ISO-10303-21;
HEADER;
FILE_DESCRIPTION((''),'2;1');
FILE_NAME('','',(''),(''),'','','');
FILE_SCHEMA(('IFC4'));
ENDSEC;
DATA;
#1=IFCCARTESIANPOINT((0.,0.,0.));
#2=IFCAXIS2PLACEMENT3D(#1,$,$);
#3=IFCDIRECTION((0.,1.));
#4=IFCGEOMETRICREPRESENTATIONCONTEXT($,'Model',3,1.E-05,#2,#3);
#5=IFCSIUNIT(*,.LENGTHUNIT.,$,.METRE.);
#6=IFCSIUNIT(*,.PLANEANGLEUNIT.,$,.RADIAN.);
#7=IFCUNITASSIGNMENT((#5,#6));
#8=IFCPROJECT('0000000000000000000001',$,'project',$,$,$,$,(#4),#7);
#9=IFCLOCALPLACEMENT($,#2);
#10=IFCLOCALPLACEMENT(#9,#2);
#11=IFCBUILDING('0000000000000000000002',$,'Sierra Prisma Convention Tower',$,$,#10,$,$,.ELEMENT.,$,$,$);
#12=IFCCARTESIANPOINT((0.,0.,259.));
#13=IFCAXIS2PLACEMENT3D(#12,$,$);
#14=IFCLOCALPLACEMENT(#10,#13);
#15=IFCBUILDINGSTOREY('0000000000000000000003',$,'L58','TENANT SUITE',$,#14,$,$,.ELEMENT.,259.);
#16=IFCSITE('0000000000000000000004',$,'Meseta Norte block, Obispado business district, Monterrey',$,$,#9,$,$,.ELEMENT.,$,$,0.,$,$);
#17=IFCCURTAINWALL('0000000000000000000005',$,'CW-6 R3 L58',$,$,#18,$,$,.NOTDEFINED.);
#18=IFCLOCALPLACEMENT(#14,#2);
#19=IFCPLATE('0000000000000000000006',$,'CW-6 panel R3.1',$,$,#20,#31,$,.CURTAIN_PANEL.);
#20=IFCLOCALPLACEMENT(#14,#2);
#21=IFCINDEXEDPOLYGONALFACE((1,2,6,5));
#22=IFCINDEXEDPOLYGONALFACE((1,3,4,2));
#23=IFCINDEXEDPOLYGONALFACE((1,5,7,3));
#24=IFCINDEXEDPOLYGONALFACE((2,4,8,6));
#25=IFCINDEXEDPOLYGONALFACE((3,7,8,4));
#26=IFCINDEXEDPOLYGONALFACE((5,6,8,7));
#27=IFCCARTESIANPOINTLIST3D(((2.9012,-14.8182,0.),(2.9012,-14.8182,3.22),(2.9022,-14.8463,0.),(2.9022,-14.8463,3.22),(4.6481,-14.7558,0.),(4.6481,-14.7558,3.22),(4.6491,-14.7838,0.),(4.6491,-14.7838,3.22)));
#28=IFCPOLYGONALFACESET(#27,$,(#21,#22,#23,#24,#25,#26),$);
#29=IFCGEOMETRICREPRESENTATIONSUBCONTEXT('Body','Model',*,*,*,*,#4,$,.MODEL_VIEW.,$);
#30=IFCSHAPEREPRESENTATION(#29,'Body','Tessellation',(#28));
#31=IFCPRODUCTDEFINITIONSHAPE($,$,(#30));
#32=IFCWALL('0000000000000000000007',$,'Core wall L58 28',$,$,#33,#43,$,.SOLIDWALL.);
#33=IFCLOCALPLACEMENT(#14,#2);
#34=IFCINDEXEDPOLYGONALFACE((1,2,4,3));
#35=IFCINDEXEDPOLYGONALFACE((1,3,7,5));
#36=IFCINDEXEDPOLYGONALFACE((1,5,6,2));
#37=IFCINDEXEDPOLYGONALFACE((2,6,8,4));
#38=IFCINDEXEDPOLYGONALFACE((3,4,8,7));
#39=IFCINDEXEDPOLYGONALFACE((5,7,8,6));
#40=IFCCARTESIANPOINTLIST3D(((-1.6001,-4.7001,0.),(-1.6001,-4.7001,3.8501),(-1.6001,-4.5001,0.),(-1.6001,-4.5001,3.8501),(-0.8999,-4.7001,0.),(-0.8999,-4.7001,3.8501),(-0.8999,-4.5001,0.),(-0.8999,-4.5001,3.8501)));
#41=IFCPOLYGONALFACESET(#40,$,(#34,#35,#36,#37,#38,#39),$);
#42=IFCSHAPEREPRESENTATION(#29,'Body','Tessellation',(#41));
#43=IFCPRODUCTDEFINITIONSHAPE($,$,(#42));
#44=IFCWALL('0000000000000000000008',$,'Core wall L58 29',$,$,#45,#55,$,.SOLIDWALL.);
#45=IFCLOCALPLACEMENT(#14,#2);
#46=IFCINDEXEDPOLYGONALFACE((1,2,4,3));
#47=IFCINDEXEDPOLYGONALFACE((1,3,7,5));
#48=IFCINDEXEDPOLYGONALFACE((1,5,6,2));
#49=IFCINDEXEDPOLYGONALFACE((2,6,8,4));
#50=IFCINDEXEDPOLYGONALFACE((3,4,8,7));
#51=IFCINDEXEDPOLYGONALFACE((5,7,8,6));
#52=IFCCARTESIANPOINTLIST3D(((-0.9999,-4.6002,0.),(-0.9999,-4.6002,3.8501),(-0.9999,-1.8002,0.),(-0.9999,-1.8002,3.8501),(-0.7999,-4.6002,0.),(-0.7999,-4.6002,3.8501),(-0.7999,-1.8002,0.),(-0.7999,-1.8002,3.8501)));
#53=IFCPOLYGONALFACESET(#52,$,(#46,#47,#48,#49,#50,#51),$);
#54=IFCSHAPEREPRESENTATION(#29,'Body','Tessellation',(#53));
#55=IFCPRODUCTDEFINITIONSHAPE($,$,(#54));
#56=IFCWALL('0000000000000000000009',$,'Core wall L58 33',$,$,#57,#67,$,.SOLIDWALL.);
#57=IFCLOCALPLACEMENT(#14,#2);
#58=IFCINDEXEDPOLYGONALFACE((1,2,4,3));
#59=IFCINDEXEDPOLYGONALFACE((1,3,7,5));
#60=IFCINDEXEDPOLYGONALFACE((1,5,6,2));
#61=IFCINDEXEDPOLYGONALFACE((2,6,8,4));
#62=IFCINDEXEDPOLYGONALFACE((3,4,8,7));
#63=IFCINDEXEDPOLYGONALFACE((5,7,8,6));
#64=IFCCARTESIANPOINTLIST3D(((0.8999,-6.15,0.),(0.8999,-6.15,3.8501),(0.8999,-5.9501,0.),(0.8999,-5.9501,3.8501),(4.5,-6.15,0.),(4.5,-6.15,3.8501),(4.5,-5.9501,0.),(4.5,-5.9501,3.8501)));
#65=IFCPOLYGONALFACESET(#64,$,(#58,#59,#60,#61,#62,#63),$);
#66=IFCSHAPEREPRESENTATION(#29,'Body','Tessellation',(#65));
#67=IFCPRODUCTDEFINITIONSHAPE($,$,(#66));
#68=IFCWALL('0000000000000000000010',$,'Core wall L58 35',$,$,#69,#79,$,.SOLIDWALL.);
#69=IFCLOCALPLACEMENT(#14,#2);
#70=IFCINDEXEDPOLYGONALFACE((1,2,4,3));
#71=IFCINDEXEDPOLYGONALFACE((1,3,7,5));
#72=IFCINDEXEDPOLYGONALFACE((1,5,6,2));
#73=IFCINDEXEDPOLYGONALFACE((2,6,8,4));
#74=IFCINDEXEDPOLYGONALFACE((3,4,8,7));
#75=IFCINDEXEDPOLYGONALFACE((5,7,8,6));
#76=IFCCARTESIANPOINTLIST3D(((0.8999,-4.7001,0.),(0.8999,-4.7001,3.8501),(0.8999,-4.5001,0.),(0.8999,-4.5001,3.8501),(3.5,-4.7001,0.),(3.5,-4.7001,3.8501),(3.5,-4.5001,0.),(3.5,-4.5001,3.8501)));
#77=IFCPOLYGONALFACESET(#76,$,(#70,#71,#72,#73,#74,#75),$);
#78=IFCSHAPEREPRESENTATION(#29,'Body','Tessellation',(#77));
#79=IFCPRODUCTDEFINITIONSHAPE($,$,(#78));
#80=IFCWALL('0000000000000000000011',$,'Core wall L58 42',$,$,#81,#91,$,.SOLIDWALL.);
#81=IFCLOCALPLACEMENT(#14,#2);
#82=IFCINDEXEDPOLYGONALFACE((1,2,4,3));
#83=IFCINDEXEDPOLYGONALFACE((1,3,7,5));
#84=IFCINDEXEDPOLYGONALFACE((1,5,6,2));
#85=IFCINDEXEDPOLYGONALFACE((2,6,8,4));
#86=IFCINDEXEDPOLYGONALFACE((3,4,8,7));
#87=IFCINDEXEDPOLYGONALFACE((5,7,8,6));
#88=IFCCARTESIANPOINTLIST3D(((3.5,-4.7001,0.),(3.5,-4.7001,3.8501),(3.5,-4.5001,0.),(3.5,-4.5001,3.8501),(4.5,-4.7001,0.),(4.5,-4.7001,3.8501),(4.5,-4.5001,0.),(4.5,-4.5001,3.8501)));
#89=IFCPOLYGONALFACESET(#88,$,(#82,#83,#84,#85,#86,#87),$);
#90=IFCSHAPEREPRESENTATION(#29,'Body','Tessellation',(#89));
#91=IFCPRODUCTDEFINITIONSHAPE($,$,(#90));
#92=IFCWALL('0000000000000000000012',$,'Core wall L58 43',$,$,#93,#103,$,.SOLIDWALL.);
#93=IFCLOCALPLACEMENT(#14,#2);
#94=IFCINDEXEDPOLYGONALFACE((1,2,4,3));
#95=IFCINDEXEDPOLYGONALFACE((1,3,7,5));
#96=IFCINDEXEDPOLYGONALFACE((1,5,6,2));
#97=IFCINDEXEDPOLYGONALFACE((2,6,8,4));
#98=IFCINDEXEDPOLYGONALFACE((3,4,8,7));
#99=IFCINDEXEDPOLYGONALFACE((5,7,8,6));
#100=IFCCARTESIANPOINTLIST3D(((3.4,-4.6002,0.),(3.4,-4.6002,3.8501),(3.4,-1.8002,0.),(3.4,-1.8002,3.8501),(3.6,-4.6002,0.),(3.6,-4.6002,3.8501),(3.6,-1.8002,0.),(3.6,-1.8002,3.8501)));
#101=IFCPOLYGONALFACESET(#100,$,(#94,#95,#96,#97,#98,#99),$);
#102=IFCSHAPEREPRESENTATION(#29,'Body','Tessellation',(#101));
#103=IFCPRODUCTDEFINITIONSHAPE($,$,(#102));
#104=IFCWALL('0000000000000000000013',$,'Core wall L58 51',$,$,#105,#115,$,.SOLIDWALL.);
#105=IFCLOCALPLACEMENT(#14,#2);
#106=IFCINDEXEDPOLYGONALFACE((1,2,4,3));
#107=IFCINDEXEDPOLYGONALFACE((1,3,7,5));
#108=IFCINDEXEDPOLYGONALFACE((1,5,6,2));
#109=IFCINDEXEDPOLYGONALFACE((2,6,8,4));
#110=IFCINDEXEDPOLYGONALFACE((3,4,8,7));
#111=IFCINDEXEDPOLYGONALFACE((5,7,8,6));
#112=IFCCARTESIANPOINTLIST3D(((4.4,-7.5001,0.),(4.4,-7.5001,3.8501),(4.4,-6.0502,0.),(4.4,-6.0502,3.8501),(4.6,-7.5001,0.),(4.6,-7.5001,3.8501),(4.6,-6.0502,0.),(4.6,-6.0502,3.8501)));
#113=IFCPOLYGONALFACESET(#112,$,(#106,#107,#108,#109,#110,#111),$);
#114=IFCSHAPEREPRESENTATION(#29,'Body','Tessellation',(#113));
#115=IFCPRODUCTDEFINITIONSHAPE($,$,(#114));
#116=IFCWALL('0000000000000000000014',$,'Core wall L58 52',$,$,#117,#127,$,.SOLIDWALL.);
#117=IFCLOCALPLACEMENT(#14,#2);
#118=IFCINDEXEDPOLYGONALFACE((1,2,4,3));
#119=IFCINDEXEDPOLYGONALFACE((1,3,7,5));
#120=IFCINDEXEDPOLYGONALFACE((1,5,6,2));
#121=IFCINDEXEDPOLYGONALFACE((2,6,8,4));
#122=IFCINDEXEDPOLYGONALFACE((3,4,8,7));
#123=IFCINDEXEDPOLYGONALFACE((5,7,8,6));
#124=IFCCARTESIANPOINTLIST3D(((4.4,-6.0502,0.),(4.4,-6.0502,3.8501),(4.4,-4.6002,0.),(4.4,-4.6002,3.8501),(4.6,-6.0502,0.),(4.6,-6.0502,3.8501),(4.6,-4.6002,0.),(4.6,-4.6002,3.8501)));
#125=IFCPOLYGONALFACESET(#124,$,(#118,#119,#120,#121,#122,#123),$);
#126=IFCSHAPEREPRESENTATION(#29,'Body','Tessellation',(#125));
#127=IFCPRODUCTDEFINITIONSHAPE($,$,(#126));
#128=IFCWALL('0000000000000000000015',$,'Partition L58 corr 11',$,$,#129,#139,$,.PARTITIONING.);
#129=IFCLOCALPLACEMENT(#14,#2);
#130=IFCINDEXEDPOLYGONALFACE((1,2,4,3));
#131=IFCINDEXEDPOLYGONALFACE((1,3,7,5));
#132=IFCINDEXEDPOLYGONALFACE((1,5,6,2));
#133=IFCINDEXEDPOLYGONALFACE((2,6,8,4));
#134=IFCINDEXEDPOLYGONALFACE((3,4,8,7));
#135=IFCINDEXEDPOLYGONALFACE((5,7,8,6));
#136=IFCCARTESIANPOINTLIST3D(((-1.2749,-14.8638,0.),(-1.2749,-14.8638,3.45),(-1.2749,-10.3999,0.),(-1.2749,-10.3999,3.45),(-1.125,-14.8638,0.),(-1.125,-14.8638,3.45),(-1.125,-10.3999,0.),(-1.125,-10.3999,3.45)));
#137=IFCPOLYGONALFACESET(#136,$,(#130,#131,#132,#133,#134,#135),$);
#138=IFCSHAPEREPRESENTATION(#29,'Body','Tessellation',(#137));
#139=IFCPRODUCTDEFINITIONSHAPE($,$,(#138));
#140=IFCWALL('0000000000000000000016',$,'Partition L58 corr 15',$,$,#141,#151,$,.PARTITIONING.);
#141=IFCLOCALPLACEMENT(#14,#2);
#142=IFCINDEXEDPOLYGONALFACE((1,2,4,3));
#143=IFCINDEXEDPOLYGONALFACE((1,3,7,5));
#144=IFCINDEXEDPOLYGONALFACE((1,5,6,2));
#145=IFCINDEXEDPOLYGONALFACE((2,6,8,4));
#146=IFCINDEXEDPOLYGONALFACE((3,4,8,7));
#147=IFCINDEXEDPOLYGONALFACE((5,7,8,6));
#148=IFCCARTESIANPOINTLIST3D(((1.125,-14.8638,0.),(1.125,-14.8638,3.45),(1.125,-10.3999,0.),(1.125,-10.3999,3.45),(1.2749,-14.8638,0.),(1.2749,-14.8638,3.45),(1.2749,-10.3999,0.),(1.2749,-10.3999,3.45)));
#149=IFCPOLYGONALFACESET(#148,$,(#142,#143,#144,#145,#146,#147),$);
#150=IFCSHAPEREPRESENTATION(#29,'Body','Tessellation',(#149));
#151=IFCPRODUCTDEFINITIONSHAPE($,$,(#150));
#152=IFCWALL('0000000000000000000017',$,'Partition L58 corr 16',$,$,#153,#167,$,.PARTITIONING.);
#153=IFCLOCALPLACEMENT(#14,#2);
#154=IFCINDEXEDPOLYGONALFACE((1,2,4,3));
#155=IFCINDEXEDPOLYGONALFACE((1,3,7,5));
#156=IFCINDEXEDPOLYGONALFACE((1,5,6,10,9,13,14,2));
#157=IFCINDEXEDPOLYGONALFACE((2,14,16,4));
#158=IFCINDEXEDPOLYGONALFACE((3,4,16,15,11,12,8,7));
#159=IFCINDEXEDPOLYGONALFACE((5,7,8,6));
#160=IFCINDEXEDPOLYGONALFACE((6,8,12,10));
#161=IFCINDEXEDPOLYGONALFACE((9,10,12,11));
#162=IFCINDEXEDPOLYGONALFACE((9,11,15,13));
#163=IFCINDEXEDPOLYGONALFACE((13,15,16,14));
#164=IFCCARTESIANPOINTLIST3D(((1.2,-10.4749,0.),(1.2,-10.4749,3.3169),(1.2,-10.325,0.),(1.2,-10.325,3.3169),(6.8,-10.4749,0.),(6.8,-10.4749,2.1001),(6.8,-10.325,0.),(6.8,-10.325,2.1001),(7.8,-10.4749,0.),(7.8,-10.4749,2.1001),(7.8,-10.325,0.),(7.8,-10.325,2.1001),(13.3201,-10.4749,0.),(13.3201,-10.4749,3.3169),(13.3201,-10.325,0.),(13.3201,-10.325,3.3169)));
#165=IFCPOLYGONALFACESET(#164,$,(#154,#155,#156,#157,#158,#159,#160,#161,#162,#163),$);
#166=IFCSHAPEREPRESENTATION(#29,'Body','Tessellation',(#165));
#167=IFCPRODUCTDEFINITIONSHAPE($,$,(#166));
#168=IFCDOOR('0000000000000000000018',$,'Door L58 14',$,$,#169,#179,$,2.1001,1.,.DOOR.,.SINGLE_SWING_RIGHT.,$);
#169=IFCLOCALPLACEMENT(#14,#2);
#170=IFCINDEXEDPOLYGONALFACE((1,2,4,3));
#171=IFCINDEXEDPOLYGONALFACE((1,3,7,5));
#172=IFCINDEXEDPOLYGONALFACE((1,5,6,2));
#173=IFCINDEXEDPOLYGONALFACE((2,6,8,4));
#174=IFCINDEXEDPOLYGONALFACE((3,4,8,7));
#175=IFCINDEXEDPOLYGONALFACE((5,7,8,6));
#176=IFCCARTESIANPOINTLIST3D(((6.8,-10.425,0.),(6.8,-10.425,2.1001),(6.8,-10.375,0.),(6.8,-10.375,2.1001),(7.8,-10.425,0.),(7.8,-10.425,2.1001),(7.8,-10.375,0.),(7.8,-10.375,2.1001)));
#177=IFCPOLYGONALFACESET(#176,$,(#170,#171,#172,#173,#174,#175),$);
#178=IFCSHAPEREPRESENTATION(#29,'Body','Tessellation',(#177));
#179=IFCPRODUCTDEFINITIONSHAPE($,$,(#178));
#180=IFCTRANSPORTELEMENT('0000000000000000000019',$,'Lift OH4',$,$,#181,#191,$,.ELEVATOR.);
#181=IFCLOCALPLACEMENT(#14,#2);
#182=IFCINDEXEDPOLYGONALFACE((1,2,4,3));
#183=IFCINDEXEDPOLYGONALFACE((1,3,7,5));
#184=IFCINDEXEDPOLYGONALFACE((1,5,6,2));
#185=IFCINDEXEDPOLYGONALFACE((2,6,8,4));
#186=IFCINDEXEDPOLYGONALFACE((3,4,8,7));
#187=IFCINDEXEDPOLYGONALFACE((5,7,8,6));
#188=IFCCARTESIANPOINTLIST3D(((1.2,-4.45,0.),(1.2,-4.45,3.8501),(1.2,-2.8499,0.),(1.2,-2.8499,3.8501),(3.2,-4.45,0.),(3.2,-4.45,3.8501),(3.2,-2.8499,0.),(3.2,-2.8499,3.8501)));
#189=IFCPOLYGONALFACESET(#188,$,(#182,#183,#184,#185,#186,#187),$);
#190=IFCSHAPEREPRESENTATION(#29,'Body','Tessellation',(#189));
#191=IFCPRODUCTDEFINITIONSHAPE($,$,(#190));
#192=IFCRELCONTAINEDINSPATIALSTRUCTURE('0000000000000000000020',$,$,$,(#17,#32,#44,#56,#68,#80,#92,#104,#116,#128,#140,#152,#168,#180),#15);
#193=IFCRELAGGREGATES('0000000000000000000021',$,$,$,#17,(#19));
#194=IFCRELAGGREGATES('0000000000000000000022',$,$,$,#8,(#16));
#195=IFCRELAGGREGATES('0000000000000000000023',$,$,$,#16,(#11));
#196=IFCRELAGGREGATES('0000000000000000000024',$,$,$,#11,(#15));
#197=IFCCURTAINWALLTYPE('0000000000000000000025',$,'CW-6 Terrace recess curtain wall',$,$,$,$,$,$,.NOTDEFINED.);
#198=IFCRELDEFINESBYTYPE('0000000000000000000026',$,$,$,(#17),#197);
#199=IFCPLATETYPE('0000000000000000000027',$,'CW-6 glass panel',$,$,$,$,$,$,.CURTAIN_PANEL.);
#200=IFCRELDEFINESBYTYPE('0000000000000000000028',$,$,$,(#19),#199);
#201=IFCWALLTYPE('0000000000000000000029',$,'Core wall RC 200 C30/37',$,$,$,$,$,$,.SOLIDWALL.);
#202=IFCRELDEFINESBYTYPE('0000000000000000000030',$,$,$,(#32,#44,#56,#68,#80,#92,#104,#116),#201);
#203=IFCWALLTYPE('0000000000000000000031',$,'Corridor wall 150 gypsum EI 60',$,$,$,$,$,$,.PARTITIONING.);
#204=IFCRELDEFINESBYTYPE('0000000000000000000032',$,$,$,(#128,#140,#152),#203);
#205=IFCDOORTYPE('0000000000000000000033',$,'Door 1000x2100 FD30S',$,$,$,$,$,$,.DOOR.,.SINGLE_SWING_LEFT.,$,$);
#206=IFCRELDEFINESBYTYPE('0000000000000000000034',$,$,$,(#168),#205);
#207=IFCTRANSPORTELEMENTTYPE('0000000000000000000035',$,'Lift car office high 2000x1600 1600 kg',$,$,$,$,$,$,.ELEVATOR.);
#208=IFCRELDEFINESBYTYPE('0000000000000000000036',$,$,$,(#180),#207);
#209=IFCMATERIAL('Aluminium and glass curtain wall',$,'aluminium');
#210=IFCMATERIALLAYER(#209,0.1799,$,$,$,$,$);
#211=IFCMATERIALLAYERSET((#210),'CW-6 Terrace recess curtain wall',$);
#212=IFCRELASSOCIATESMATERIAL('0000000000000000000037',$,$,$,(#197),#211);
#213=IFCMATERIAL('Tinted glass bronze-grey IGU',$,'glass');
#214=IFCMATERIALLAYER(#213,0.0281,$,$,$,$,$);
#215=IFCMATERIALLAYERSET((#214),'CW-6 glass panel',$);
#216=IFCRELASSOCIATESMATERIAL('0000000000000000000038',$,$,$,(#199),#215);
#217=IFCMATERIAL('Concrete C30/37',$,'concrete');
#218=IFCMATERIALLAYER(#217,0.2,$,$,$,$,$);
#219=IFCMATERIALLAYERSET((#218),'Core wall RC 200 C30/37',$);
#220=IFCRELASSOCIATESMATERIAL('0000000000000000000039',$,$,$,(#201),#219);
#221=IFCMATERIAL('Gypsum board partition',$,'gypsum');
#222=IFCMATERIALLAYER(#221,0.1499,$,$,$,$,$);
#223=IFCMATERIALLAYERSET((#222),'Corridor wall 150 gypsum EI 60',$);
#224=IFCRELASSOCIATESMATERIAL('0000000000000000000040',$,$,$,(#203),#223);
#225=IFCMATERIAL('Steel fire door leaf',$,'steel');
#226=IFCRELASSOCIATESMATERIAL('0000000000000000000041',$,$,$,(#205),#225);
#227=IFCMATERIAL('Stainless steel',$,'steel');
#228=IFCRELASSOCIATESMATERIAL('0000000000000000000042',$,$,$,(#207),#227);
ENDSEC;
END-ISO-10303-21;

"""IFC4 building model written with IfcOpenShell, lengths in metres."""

from ifc_helpers import new_model, si_unit, direction, frame, frame_2d, origin, origin_2d, place, context, subcontext, project, spatial, rectangle, extrude, material, layer, layer_set, type_object, element, fill, aggregate, save


model = new_model("IFC4")

# Units and contexts
model_context = context("Model", 3, precision=1e-05, world=origin(), true_north=direction((0.0, 1.0)))
body_context = subcontext(model_context, "Body", "Model", "MODEL_VIEW")
ifc_project = project(units=[si_unit("LENGTHUNIT", "METRE"), si_unit("PLANEANGLEUNIT", "RADIAN")], contexts=[model_context])

# Site, building, storey
site_placement = place(None, origin())
site = spatial("IfcSite", under=ifc_project, at=site_placement, Name="Meseta Norte block, Obispado business district, Monterrey", CompositionType="ELEMENT", RefElevation=0.0)
building_placement = place(site_placement, origin())
building = spatial("IfcBuilding", under=site, at=building_placement, Name="Sierra Prisma Convention Tower", CompositionType="ELEMENT")
storey_placement = place(building_placement, frame((0.0, 0.0, 259.0)))
storey = spatial("IfcBuildingStorey", under=building, at=storey_placement, Name="L58", Description="TENANT SUITE", CompositionType="ELEMENT", Elevation=259.0)

# Curtain wall
ifc_material_1 = material(Name="Aluminium and glass curtain wall", Category="aluminium")
ifc_layer_1 = layer(ifc_material_1, 0.1799)
ifc_layer_set_1 = layer_set([ifc_layer_1], Name="CW-6 Terrace recess curtain wall")
curtain_wall_type = type_object("IfcCurtainWallType", Name="CW-6 Terrace recess curtain wall", PredefinedType="NOTDEFINED", material=ifc_layer_set_1)
curtain_wall_1_placement = place(storey_placement, origin())
curtain_wall_1 = element("IfcCurtainWall", 1, at=curtain_wall_1_placement, inside=storey, type_object=curtain_wall_type, Name="CW-6 R3 L58", PredefinedType="NOTDEFINED")

# Plate
ifc_material_2 = material(Name="Tinted glass bronze-grey IGU", Category="glass")
ifc_layer_2 = layer(ifc_material_2, 0.0281)
ifc_layer_set_2 = layer_set([ifc_layer_2], Name="CW-6 glass panel")
plate_type = type_object("IfcPlateType", Name="CW-6 glass panel", PredefinedType="CURTAIN_PANEL", material=ifc_layer_set_2)
plate_1_placement = place(storey_placement, frame((3.7751, -14.801, 0.0), z_axis=(0.0, 0.0, 1.0), x_axis=(0.999362, 0.035718, 0.0)))
plate_1 = element("IfcPlate", 2, at=plate_1_placement, type_object=plate_type, Name="CW-6 panel R3.1", PredefinedType="CURTAIN_PANEL", context=body_context, shape_type="SweptSolid", body=[
    extrude(rectangle(XDim=1.748, YDim=0.0281, at=origin_2d()), origin(), (0.0, 0.0, 1.0), 3.22),
])
aggregate(curtain_wall_1, [plate_1])

# Shared definitions
ifc_material_3 = material(Name="Concrete C30/37", Category="concrete")
ifc_layer_3 = layer(ifc_material_3, 0.2)
ifc_layer_set_3 = layer_set([ifc_layer_3], Name="Core wall RC 200 C30/37")
wall_type_1 = type_object("IfcWallType", Name="Core wall RC 200 C30/37", PredefinedType="SOLIDWALL", material=ifc_layer_set_3)

# Walls
wall_1_placement = place(storey_placement, frame((-1.6001, -4.6001, 0.0), z_axis=(0.0, 0.0, 1.0), x_axis=(1.0, 0.0, 0.0)))
element("IfcWall", 3, at=wall_1_placement, inside=storey, type_object=wall_type_1, Name="Core wall L58 28", PredefinedType="SOLIDWALL", context=body_context, shape_type="SweptSolid", body=[
    extrude(rectangle(XDim=0.7002, YDim=0.2, at=frame_2d((0.3501, 0.0))), origin(), (0.0, 0.0, 1.0), 3.8501),
])
wall_2_placement = place(storey_placement, frame((-0.8999, -4.6001, 0.0), z_axis=(0.0, 0.0, 1.0), x_axis=(0.0, 1.0, 0.0)))
element("IfcWall", 4, at=wall_2_placement, inside=storey, type_object=wall_type_1, Name="Core wall L58 29", PredefinedType="SOLIDWALL", context=body_context, shape_type="SweptSolid", body=[
    extrude(rectangle(XDim=2.8, YDim=0.2, at=frame_2d((1.3999, 0.0))), origin(), (0.0, 0.0, 1.0), 3.8501),
])

# Wall
wall_3_placement = place(storey_placement, frame((4.5, -6.05, 0.0), z_axis=(0.0, 0.0, 1.0), x_axis=(-1.0, 0.0, 0.0)))
element("IfcWall", 5, at=wall_3_placement, inside=storey, type_object=wall_type_1, Name="Core wall L58 33", PredefinedType="SOLIDWALL", context=body_context, shape_type="SweptSolid", body=[
    extrude(rectangle(XDim=3.6001, YDim=0.2, at=frame_2d((1.8, 0.0))), origin(), (0.0, 0.0, 1.0), 3.8501),
])

# Walls
wall_4_placement = place(storey_placement, frame((3.5, -4.6001, 0.0), z_axis=(0.0, 0.0, 1.0), x_axis=(-1.0, 0.0, 0.0)))
element("IfcWall", 6, at=wall_4_placement, inside=storey, type_object=wall_type_1, Name="Core wall L58 35", PredefinedType="SOLIDWALL", context=body_context, shape_type="SweptSolid", body=[
    extrude(rectangle(XDim=2.6001, YDim=0.2, at=frame_2d((1.3, 0.0))), origin(), (0.0, 0.0, 1.0), 3.8501),
])
wall_5_placement = place(storey_placement, frame((4.5, -4.6001, 0.0), z_axis=(0.0, 0.0, 1.0), x_axis=(-1.0, 0.0, 0.0)))
element("IfcWall", 7, at=wall_5_placement, inside=storey, type_object=wall_type_1, Name="Core wall L58 42", PredefinedType="SOLIDWALL", context=body_context, shape_type="SweptSolid", body=[
    extrude(rectangle(XDim=1.0, YDim=0.2, at=frame_2d((0.5, 0.0))), origin(), (0.0, 0.0, 1.0), 3.8501),
])
wall_6_placement = place(storey_placement, frame((3.5, -4.6001, 0.0), z_axis=(0.0, 0.0, 1.0), x_axis=(0.0, 1.0, 0.0)))
element("IfcWall", 8, at=wall_6_placement, inside=storey, type_object=wall_type_1, Name="Core wall L58 43", PredefinedType="SOLIDWALL", context=body_context, shape_type="SweptSolid", body=[
    extrude(rectangle(XDim=2.8, YDim=0.2, at=frame_2d((1.3999, 0.0))), origin(), (0.0, 0.0, 1.0), 3.8501),
])
for number, where, z_axis, x_axis, name in (
    (9, (4.5, -6.05, 0.0), (0.0, 0.0, 1.0), (0.0, -1.0, 0.0), "Core wall L58 51"),
    (10, (4.5, -4.6001, 0.0), (0.0, 0.0, 1.0), (0.0, -1.0, 0.0), "Core wall L58 52"),
):
    element("IfcWall", number, at=place(storey_placement, frame(where, z_axis=z_axis, x_axis=x_axis)), inside=storey, type_object=wall_type_1, Name=name, PredefinedType="SOLIDWALL", context=body_context, shape_type="SweptSolid", body=[
        extrude(rectangle(XDim=1.45, YDim=0.2, at=frame_2d((0.7251, 0.0))), origin(), (0.0, 0.0, 1.0), 3.8501),
    ])
ifc_material_4 = material(Name="Gypsum board partition", Category="gypsum")
ifc_layer_4 = layer(ifc_material_4, 0.1499)
ifc_layer_set_4 = layer_set([ifc_layer_4], Name="Corridor wall 150 gypsum EI 60")
wall_type_2 = type_object("IfcWallType", Name="Corridor wall 150 gypsum EI 60", PredefinedType="PARTITIONING", material=ifc_layer_set_4)
for number, where, z_axis, x_axis, name in (
    (11, (-1.2, -10.3999, 0.0), (0.0, 0.0, 1.0), (0.0, -1.0, 0.0), "Partition L58 corr 11"),
    (12, (1.2, -14.8638, 0.0), (0.0, 0.0, 1.0), (0.0, 1.0, 0.0), "Partition L58 corr 15"),
):
    element("IfcWall", number, at=place(storey_placement, frame(where, z_axis=z_axis, x_axis=x_axis)), inside=storey, type_object=wall_type_2, Name=name, PredefinedType="PARTITIONING", context=body_context, shape_type="SweptSolid", body=[
        extrude(rectangle(XDim=4.4639, YDim=0.1499, at=frame_2d((2.2319, 0.0))), origin(), (0.0, 0.0, 1.0), 3.45),
    ])

# Wall, opening, door
wall_7_placement = place(storey_placement, frame((1.2, -10.3999, 0.0), z_axis=(0.0, 0.0, 1.0), x_axis=(1.0, 0.0, 0.0)))
wall_7 = element("IfcWall", 13, at=wall_7_placement, inside=storey, type_object=wall_type_2, Name="Partition L58 corr 16", PredefinedType="PARTITIONING", context=body_context, shape_type="SweptSolid", body=[
    extrude(rectangle(XDim=12.1201, YDim=0.1499, at=frame_2d((6.0601, 0.0))), origin(), (0.0, 0.0, 1.0), 3.3169),
])
opening_1_placement = place(wall_7_placement, frame((5.6001, 0.0, 0.0)))
opening_1 = element("IfcOpeningElement", 14, at=opening_1_placement, cuts=wall_7, PredefinedType="OPENING", context=body_context, shape_type="SweptSolid", body=[
    extrude(rectangle(XDim=1.0, YDim=2.1001, at=frame_2d((0.5, 1.05))), frame((0.0, 0.075, 0.0), z_axis=(0.0, -1.0, 0.0), x_axis=(1.0, 0.0, 0.0)), (0.0, 0.0, 1.0), 0.1499),
])
ifc_material_5 = material(Name="Steel fire door leaf", Category="steel")
door_type_1 = type_object("IfcDoorType", Name="Door 1000x2100 FD30S", OperationType="SINGLE_SWING_LEFT", PredefinedType="DOOR", material=ifc_material_5)
door_1_placement = place(opening_1_placement, origin())
door_1 = element("IfcDoor", 15, at=door_1_placement, inside=storey, type_object=door_type_1, Name="Door L58 14", OperationType="SINGLE_SWING_RIGHT", OverallHeight=2.1001, OverallWidth=1.0, PredefinedType="DOOR", context=body_context, shape_type="SweptSolid", body=[
    extrude(rectangle(XDim=1.0, YDim=2.1001, at=frame_2d((0.5, 1.05))), frame((0.0, 0.0249, 0.0), z_axis=(0.0, -1.0, 0.0), x_axis=(1.0, 0.0, 0.0)), (0.0, 0.0, 1.0), 0.05),
])
fill(opening_1, door_1)

# Transport element
ifc_material_6 = material(Name="Stainless steel", Category="steel")
transport_element_type = type_object("IfcTransportElementType", Name="Lift car office high 2000x1600 1600 kg", PredefinedType="ELEVATOR", material=ifc_material_6)
transport_element_placement = place(storey_placement, frame((2.2, -3.6499, 0.0), z_axis=(0.0, 0.0, 1.0), x_axis=(1.0, 0.0, 0.0)))
element("IfcTransportElement", 16, at=transport_element_placement, inside=storey, type_object=transport_element_type, Name="Lift OH4", PredefinedType="ELEVATOR", context=body_context, shape_type="SweptSolid", body=[
    extrude(rectangle(XDim=2.0, YDim=1.6001, at=origin_2d()), origin(), (0.0, 0.0, 1.0), 3.8501),
])

save(model, "model.ifc")
